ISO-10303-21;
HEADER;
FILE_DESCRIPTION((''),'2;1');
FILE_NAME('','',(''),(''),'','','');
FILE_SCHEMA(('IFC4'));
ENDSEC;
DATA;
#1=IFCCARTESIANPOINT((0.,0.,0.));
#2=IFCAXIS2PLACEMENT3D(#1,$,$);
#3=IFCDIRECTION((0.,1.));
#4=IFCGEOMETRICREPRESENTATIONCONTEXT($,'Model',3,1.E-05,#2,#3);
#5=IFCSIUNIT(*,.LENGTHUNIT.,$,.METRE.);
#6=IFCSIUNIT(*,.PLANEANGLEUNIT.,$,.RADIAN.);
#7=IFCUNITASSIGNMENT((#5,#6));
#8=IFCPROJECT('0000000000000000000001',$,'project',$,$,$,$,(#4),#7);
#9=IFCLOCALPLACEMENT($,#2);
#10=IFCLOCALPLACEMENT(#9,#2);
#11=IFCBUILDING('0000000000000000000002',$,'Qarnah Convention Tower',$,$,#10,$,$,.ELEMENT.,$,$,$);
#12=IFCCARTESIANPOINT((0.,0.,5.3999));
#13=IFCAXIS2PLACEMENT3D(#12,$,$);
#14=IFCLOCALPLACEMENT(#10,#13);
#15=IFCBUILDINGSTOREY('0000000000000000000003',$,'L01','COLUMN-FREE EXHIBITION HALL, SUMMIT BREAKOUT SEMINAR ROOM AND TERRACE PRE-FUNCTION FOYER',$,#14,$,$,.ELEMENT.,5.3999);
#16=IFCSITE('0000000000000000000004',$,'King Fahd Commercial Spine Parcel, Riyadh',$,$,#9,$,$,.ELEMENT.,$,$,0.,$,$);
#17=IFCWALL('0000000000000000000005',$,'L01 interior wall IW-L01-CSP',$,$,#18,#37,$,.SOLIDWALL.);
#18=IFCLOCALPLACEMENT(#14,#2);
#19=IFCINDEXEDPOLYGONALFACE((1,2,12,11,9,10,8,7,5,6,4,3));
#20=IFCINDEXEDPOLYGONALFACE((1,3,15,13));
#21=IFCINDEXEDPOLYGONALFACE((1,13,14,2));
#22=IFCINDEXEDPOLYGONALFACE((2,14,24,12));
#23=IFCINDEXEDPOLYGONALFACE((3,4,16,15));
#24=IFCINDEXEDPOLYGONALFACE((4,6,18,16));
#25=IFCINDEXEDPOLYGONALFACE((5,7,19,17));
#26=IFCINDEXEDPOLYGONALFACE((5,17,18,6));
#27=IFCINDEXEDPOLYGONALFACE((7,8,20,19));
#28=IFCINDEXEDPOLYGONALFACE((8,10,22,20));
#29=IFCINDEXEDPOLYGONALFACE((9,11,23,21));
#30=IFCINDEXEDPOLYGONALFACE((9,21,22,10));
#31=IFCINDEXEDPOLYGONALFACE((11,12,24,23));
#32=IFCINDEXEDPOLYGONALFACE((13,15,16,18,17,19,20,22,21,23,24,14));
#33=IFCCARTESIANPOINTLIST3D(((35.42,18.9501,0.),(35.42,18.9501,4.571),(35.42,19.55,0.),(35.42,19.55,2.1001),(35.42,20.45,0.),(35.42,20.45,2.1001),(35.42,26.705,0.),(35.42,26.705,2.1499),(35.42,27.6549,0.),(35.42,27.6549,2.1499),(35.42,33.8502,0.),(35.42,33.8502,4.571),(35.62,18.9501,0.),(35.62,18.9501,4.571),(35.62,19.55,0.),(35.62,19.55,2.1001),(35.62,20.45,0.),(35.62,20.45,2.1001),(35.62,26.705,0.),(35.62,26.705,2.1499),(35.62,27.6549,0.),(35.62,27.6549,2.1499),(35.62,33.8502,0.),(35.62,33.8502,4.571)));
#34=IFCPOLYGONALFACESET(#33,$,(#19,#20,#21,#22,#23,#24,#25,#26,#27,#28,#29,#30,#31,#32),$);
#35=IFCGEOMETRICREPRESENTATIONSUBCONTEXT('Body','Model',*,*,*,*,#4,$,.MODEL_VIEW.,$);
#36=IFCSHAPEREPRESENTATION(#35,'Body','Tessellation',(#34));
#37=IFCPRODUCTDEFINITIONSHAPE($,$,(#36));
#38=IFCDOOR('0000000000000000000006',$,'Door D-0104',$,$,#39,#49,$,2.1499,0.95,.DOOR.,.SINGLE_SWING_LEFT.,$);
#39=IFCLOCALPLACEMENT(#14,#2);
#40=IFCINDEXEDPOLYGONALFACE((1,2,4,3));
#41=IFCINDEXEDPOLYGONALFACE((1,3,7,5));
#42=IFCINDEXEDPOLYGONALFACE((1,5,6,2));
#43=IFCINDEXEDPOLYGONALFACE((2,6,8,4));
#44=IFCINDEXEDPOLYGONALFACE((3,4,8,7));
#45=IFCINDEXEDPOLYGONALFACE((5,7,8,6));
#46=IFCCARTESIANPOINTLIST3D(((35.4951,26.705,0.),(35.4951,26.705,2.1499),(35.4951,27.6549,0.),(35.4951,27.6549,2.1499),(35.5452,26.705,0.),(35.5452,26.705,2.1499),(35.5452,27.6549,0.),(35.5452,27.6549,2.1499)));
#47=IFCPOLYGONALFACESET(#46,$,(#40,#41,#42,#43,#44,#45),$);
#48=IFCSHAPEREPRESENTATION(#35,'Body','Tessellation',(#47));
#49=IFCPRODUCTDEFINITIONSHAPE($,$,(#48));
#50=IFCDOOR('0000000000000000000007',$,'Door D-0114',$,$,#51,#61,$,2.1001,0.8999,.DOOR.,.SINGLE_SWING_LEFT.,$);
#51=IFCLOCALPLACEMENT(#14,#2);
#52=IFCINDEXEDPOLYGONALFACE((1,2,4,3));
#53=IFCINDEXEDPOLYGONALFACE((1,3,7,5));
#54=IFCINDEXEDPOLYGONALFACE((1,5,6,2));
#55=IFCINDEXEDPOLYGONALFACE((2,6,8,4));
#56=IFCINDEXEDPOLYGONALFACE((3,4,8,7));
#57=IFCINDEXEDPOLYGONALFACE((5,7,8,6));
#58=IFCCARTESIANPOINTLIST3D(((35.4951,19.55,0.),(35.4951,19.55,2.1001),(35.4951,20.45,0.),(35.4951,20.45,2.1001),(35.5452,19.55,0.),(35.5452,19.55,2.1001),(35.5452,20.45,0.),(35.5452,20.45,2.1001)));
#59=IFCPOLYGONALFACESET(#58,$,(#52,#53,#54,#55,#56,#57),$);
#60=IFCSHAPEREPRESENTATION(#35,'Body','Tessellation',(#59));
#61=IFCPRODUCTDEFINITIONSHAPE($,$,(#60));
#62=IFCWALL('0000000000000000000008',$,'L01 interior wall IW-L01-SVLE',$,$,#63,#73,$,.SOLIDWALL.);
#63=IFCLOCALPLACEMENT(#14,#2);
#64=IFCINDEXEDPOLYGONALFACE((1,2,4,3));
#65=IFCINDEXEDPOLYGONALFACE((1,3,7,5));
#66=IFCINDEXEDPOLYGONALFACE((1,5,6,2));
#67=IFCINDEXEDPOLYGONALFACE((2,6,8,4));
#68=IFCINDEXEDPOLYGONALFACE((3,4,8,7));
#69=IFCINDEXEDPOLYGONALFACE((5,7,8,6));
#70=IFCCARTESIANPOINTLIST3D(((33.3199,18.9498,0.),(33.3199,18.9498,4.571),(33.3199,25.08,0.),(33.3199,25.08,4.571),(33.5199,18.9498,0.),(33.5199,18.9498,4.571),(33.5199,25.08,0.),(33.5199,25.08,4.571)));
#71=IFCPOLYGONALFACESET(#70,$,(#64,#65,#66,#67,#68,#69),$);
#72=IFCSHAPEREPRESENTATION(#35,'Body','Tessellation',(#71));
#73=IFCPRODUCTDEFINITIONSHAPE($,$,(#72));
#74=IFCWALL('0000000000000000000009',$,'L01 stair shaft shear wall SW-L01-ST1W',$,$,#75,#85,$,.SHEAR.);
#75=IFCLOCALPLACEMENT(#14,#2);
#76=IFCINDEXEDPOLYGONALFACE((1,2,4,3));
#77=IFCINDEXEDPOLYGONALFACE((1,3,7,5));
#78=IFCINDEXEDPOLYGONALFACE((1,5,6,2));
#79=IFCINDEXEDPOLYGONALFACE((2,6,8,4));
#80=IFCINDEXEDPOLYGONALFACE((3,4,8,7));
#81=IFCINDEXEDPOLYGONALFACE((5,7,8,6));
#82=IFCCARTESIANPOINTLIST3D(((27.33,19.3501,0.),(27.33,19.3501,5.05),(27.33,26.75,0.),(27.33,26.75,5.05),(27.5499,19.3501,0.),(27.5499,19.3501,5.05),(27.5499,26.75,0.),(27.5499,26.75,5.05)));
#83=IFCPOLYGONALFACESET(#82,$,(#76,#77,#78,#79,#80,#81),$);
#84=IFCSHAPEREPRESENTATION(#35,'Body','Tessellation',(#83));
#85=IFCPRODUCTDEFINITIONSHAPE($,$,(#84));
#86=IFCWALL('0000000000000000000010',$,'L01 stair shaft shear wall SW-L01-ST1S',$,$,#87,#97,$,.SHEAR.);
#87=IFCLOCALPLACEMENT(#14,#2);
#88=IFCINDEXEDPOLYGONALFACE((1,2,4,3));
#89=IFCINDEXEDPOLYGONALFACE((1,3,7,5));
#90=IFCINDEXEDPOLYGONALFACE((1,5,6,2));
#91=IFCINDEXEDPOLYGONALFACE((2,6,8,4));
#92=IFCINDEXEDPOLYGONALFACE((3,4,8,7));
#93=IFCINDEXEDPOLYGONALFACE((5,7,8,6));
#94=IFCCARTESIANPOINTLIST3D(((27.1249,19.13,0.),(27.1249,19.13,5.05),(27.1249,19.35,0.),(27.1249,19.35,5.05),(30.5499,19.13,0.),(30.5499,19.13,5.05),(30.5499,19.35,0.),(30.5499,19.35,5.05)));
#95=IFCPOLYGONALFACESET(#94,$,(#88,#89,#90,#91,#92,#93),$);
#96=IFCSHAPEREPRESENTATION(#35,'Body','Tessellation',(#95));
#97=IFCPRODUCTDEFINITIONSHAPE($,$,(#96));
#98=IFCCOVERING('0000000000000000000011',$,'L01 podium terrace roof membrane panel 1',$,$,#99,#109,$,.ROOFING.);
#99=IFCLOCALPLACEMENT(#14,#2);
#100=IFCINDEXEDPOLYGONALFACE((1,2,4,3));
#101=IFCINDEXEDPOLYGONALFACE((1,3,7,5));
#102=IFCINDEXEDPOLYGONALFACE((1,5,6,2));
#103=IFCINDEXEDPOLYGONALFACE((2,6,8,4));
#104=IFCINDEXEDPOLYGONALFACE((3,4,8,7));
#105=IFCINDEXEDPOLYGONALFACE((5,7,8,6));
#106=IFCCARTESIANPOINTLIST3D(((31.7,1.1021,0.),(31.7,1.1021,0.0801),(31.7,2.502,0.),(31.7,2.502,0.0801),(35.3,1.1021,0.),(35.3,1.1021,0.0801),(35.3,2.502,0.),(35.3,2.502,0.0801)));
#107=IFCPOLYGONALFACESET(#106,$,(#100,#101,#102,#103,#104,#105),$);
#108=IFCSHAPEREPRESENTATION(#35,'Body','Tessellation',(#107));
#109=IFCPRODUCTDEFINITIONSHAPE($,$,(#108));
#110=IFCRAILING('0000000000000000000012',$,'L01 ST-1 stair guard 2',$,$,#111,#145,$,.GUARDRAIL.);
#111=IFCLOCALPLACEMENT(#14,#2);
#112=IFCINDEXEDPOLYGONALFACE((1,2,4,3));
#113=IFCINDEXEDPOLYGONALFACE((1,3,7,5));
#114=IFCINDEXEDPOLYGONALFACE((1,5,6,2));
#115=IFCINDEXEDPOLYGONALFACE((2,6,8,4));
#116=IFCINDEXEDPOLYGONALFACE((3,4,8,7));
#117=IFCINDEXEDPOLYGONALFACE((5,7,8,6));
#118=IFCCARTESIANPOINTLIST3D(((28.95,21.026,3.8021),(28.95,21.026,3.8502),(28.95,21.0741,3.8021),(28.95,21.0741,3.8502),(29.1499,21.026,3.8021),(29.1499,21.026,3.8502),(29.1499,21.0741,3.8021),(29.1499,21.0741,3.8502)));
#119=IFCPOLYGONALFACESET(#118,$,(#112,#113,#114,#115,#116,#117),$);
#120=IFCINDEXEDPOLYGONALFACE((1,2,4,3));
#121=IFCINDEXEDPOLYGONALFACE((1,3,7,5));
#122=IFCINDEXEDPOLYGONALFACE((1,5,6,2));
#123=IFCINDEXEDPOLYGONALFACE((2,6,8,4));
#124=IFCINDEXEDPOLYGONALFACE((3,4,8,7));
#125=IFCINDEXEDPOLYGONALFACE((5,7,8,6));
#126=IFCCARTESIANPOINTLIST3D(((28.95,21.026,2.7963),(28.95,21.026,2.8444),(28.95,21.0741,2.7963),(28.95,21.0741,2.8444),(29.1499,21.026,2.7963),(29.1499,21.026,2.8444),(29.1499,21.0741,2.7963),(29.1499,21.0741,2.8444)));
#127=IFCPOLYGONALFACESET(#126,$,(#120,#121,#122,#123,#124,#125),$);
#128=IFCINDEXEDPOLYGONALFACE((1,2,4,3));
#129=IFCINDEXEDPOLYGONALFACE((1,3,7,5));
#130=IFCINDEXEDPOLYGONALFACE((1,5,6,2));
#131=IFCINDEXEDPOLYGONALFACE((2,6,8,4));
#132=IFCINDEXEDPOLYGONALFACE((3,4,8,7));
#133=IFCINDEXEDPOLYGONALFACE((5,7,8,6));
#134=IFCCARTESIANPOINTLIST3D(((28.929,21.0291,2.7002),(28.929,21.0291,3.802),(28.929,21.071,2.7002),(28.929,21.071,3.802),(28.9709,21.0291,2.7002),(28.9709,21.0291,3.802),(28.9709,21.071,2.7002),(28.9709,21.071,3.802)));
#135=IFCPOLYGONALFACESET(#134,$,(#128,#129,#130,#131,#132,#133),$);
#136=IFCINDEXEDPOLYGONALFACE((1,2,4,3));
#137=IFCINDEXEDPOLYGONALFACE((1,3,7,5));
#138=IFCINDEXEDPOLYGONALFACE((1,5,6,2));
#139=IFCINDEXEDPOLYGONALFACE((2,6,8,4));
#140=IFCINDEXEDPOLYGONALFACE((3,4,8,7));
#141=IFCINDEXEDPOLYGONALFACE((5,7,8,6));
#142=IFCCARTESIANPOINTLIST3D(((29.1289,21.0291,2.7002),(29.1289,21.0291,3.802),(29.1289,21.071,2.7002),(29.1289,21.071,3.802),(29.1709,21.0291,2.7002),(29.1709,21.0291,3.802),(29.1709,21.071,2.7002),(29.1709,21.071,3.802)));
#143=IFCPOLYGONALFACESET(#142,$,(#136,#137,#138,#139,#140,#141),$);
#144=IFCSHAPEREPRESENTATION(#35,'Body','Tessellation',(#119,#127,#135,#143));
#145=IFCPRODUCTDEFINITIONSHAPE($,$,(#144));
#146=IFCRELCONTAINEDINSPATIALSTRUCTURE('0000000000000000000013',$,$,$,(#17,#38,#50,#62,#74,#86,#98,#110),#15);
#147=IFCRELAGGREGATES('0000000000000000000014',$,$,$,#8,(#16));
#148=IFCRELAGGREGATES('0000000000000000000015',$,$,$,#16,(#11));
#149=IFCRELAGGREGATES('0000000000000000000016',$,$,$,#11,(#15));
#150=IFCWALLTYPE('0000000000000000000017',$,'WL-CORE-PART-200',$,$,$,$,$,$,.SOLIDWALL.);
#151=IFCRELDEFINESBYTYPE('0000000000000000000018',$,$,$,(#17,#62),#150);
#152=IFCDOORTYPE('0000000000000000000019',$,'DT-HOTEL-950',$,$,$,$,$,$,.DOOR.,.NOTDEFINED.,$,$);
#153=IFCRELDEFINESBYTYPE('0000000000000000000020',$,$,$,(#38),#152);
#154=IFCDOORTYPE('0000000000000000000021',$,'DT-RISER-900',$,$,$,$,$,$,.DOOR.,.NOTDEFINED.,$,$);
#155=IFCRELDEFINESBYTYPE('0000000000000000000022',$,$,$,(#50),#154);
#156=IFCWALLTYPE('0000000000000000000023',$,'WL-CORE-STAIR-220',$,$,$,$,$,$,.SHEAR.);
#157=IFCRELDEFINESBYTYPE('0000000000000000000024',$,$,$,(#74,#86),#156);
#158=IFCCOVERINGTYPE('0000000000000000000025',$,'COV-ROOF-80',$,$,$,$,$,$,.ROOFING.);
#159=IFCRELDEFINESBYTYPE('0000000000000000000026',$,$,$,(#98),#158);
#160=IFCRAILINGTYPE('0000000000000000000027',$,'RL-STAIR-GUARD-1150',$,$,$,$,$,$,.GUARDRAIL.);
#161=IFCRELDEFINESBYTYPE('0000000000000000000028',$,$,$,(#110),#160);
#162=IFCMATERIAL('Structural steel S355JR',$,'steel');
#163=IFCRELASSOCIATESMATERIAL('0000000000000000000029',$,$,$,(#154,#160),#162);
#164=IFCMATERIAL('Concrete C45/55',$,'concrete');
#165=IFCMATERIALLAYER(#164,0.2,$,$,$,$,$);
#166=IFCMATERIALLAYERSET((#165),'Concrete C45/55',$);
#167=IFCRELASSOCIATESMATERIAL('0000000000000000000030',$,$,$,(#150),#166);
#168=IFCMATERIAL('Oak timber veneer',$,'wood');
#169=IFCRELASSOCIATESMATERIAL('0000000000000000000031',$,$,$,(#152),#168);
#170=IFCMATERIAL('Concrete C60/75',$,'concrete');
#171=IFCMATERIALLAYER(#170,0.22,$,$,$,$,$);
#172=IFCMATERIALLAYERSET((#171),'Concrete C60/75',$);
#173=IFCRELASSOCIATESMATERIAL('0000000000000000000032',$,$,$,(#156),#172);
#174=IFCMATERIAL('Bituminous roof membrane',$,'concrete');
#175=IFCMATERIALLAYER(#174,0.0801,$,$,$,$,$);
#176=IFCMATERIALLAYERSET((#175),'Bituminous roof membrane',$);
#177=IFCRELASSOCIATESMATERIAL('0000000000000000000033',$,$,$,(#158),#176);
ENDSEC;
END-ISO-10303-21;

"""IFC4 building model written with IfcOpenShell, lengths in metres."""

from ifc_helpers import new_model, si_unit, direction, frame, frame_2d, origin, origin_2d, place, context, subcontext, project, spatial, rectangle, extrude, material, layer, layer_set, type_object, element, fill, save


model = new_model("IFC4")

# Units and contexts
model_context = context("Model", 3, precision=1e-05, world=origin(), true_north=direction((0.0, 1.0)))
body_context = subcontext(model_context, "Body", "Model", "MODEL_VIEW")
ifc_project = project(units=[si_unit("LENGTHUNIT", "METRE"), si_unit("PLANEANGLEUNIT", "RADIAN")], contexts=[model_context])

# Site, building, storey
site_placement = place(None, origin())
site = spatial("IfcSite", under=ifc_project, at=site_placement, Name="King Fahd Commercial Spine Parcel, Riyadh", CompositionType="ELEMENT", RefElevation=0.0)
building_placement = place(site_placement, origin())
building = spatial("IfcBuilding", under=site, at=building_placement, Name="Qarnah Convention Tower", CompositionType="ELEMENT")
storey_placement = place(building_placement, frame((0.0, 0.0, 5.3999)))
storey = spatial("IfcBuildingStorey", under=building, at=storey_placement, Name="L01", Description="COLUMN-FREE EXHIBITION HALL, SUMMIT BREAKOUT SEMINAR ROOM AND TERRACE PRE-FUNCTION FOYER", CompositionType="ELEMENT", Elevation=5.3999)

# Shared definitions
ifc_material_1 = material(Name="Structural steel S355JR", Category="steel")

# Shared definitions
ifc_material_2 = material(Name="Concrete C60/75", Category="concrete")
door_type_1 = type_object("IfcDoorType", Name="DT-RISER-900", OperationType="NOTDEFINED", PredefinedType="DOOR", material=ifc_material_1)

# Wall, openings, doors
ifc_material_3 = material(Name="Concrete C45/55", Category="concrete")
ifc_layer_1 = layer(ifc_material_3, 0.2)
ifc_layer_set_1 = layer_set([ifc_layer_1], Name="Concrete C45/55")
wall_type_1 = type_object("IfcWallType", Name="WL-CORE-PART-200", PredefinedType="SOLIDWALL", material=ifc_layer_set_1)
wall_1_placement = place(storey_placement, frame((35.52, 18.95, 0.0), z_axis=(0.0, 0.0, 1.0), x_axis=(0.0, 1.0, 0.0)))
wall_1 = element("IfcWall", 1, at=wall_1_placement, inside=storey, type_object=wall_type_1, Name="L01 interior wall IW-L01-CSP", PredefinedType="SOLIDWALL", context=body_context, shape_type="SweptSolid", body=[
    extrude(rectangle(XDim=14.9001, YDim=0.2, at=frame_2d((7.4502, 0.0))), origin(), (0.0, 0.0, 1.0), 4.571),
])
opening_1_placement = place(wall_1_placement, frame((7.7549, 0.0, 0.0)))
opening_1 = element("IfcOpeningElement", 2, at=opening_1_placement, cuts=wall_1, PredefinedType="OPENING", context=body_context, shape_type="SweptSolid", body=[
    extrude(rectangle(XDim=0.95, YDim=2.1499, at=frame_2d((0.4751, 1.075))), frame((0.0, 0.1099, 0.0), z_axis=(0.0, -1.0, 0.0), x_axis=(1.0, 0.0, 0.0)), (0.0, 0.0, 1.0), 0.22),
])
opening_2_placement = place(wall_1_placement, frame((0.6001, 0.0, 0.0)))
opening_2 = element("IfcOpeningElement", 3, at=opening_2_placement, cuts=wall_1, PredefinedType="OPENING", context=body_context, shape_type="SweptSolid", body=[
    extrude(rectangle(XDim=0.8999, YDim=2.1001, at=frame_2d((0.45, 1.05))), frame((0.0, 0.1099, 0.0), z_axis=(0.0, -1.0, 0.0), x_axis=(1.0, 0.0, 0.0)), (0.0, 0.0, 1.0), 0.22),
])
ifc_material_4 = material(Name="Oak timber veneer", Category="wood")
door_type_2 = type_object("IfcDoorType", Name="DT-HOTEL-950", OperationType="NOTDEFINED", PredefinedType="DOOR", material=ifc_material_4)
door_1_placement = place(opening_1_placement, origin())
door_1 = element("IfcDoor", 4, at=door_1_placement, inside=storey, type_object=door_type_2, Name="Door D-0104", OperationType="SINGLE_SWING_LEFT", OverallHeight=2.1499, OverallWidth=0.95, PredefinedType="DOOR", context=body_context, shape_type="SweptSolid", body=[
    extrude(rectangle(XDim=0.95, YDim=2.1499, at=frame_2d((0.4751, 1.075))), frame((0.0, 0.0249, 0.0), z_axis=(0.0, -1.0, 0.0), x_axis=(1.0, 0.0, 0.0)), (0.0, 0.0, 1.0), 0.05),
])
fill(opening_1, door_1)
door_2_placement = place(opening_2_placement, origin())
door_2 = element("IfcDoor", 5, at=door_2_placement, inside=storey, type_object=door_type_1, Name="Door D-0114", OperationType="SINGLE_SWING_LEFT", OverallHeight=2.1001, OverallWidth=0.8999, PredefinedType="DOOR", context=body_context, shape_type="SweptSolid", body=[
    extrude(rectangle(XDim=0.8999, YDim=2.1001, at=frame_2d((0.45, 1.05))), frame((0.0, 0.0249, 0.0), z_axis=(0.0, -1.0, 0.0), x_axis=(1.0, 0.0, 0.0)), (0.0, 0.0, 1.0), 0.05),
])
fill(opening_2, door_2)

# Walls
wall_2_placement = place(storey_placement, frame((33.4199, 18.95, 0.0), z_axis=(0.0, 0.0, 1.0), x_axis=(0.0, 1.0, 0.0)))
element("IfcWall", 6, at=wall_2_placement, inside=storey, type_object=wall_type_1, Name="L01 interior wall IW-L01-SVLE", PredefinedType="SOLIDWALL", context=body_context, shape_type="SweptSolid", body=[
    extrude(rectangle(XDim=6.1301, YDim=0.2, at=frame_2d((3.0649, 0.0))), origin(), (0.0, 0.0, 1.0), 4.571),
])
ifc_layer_2 = layer(ifc_material_2, 0.22)
ifc_layer_set_2 = layer_set([ifc_layer_2], Name="Concrete C60/75")
wall_type_2 = type_object("IfcWallType", Name="WL-CORE-STAIR-220", PredefinedType="SHEAR", material=ifc_layer_set_2)
wall_3_placement = place(storey_placement, frame((27.4399, 19.3501, 0.0), z_axis=(0.0, 0.0, 1.0), x_axis=(0.0, 1.0, 0.0)))
element("IfcWall", 7, at=wall_3_placement, inside=storey, type_object=wall_type_2, Name="L01 stair shaft shear wall SW-L01-ST1W", PredefinedType="SHEAR", context=body_context, shape_type="SweptSolid", body=[
    extrude(rectangle(XDim=7.3999, YDim=0.22, at=frame_2d((3.7, 0.0))), origin(), (0.0, 0.0, 1.0), 5.05),
])
wall_4_placement = place(storey_placement, frame((27.125, 19.24, 0.0), z_axis=(0.0, 0.0, 1.0), x_axis=(1.0, 0.0, 0.0)))
element("IfcWall", 8, at=wall_4_placement, inside=storey, type_object=wall_type_2, Name="L01 stair shaft shear wall SW-L01-ST1S", PredefinedType="SHEAR", context=body_context, shape_type="SweptSolid", body=[
    extrude(rectangle(XDim=3.425, YDim=0.22, at=frame_2d((1.7124, 0.0))), origin(), (0.0, 0.0, 1.0), 5.05),
])

# Covering
ifc_material_5 = material(Name="Bituminous roof membrane", Category="concrete")
ifc_layer_3 = layer(ifc_material_5, 0.0801)
ifc_layer_set_3 = layer_set([ifc_layer_3], Name="Bituminous roof membrane")
covering_type = type_object("IfcCoveringType", Name="COV-ROOF-80", PredefinedType="ROOFING", material=ifc_layer_set_3)
covering_placement = place(storey_placement, frame((33.5, 1.802, 0.0), z_axis=(0.0, 0.0, 1.0), x_axis=(1.0, 0.0, 0.0)))
element("IfcCovering", 9, at=covering_placement, inside=storey, type_object=covering_type, Name="L01 podium terrace roof membrane panel 1", PredefinedType="ROOFING", context=body_context, shape_type="SweptSolid", body=[
    extrude(rectangle(XDim=3.6001, YDim=1.3999, at=origin_2d()), origin(), (0.0, 0.0, 1.0), 0.0801),
])

# Railing
railing_type = type_object("IfcRailingType", Name="RL-STAIR-GUARD-1150", PredefinedType="GUARDRAIL", material=ifc_material_1)
railing_1_placement = place(storey_placement, frame((28.95, 21.05, 2.7002)))
element("IfcRailing", 10, at=railing_1_placement, inside=storey, type_object=railing_type, Name="L01 ST-1 stair guard 2", PredefinedType="GUARDRAIL", context=body_context, shape_type="SweptSolid", body=[
    extrude(rectangle(XDim=0.0481, YDim=0.0481, at=origin_2d()), frame((0.0, 0.0, 1.126), z_axis=(1.0, 0.0, 0.0), x_axis=(0.0, 1.0, 0.0)), (0.0, 0.0, 1.0), 0.2),
    extrude(rectangle(XDim=0.0481, YDim=0.0481, at=origin_2d()), frame((0.0, 0.0, 0.1201), z_axis=(1.0, 0.0, 0.0), x_axis=(0.0, 1.0, 0.0)), (0.0, 0.0, 1.0), 0.2),
    extrude(rectangle(XDim=0.042, YDim=0.042, at=origin_2d()), origin(), (0.0, 0.0, 1.0), 1.1018),
    extrude(rectangle(XDim=0.042, YDim=0.042, at=origin_2d()), frame((0.2, 0.0, 0.0)), (0.0, 0.0, 1.0), 1.1018),
])

save(model, "model.ifc")
